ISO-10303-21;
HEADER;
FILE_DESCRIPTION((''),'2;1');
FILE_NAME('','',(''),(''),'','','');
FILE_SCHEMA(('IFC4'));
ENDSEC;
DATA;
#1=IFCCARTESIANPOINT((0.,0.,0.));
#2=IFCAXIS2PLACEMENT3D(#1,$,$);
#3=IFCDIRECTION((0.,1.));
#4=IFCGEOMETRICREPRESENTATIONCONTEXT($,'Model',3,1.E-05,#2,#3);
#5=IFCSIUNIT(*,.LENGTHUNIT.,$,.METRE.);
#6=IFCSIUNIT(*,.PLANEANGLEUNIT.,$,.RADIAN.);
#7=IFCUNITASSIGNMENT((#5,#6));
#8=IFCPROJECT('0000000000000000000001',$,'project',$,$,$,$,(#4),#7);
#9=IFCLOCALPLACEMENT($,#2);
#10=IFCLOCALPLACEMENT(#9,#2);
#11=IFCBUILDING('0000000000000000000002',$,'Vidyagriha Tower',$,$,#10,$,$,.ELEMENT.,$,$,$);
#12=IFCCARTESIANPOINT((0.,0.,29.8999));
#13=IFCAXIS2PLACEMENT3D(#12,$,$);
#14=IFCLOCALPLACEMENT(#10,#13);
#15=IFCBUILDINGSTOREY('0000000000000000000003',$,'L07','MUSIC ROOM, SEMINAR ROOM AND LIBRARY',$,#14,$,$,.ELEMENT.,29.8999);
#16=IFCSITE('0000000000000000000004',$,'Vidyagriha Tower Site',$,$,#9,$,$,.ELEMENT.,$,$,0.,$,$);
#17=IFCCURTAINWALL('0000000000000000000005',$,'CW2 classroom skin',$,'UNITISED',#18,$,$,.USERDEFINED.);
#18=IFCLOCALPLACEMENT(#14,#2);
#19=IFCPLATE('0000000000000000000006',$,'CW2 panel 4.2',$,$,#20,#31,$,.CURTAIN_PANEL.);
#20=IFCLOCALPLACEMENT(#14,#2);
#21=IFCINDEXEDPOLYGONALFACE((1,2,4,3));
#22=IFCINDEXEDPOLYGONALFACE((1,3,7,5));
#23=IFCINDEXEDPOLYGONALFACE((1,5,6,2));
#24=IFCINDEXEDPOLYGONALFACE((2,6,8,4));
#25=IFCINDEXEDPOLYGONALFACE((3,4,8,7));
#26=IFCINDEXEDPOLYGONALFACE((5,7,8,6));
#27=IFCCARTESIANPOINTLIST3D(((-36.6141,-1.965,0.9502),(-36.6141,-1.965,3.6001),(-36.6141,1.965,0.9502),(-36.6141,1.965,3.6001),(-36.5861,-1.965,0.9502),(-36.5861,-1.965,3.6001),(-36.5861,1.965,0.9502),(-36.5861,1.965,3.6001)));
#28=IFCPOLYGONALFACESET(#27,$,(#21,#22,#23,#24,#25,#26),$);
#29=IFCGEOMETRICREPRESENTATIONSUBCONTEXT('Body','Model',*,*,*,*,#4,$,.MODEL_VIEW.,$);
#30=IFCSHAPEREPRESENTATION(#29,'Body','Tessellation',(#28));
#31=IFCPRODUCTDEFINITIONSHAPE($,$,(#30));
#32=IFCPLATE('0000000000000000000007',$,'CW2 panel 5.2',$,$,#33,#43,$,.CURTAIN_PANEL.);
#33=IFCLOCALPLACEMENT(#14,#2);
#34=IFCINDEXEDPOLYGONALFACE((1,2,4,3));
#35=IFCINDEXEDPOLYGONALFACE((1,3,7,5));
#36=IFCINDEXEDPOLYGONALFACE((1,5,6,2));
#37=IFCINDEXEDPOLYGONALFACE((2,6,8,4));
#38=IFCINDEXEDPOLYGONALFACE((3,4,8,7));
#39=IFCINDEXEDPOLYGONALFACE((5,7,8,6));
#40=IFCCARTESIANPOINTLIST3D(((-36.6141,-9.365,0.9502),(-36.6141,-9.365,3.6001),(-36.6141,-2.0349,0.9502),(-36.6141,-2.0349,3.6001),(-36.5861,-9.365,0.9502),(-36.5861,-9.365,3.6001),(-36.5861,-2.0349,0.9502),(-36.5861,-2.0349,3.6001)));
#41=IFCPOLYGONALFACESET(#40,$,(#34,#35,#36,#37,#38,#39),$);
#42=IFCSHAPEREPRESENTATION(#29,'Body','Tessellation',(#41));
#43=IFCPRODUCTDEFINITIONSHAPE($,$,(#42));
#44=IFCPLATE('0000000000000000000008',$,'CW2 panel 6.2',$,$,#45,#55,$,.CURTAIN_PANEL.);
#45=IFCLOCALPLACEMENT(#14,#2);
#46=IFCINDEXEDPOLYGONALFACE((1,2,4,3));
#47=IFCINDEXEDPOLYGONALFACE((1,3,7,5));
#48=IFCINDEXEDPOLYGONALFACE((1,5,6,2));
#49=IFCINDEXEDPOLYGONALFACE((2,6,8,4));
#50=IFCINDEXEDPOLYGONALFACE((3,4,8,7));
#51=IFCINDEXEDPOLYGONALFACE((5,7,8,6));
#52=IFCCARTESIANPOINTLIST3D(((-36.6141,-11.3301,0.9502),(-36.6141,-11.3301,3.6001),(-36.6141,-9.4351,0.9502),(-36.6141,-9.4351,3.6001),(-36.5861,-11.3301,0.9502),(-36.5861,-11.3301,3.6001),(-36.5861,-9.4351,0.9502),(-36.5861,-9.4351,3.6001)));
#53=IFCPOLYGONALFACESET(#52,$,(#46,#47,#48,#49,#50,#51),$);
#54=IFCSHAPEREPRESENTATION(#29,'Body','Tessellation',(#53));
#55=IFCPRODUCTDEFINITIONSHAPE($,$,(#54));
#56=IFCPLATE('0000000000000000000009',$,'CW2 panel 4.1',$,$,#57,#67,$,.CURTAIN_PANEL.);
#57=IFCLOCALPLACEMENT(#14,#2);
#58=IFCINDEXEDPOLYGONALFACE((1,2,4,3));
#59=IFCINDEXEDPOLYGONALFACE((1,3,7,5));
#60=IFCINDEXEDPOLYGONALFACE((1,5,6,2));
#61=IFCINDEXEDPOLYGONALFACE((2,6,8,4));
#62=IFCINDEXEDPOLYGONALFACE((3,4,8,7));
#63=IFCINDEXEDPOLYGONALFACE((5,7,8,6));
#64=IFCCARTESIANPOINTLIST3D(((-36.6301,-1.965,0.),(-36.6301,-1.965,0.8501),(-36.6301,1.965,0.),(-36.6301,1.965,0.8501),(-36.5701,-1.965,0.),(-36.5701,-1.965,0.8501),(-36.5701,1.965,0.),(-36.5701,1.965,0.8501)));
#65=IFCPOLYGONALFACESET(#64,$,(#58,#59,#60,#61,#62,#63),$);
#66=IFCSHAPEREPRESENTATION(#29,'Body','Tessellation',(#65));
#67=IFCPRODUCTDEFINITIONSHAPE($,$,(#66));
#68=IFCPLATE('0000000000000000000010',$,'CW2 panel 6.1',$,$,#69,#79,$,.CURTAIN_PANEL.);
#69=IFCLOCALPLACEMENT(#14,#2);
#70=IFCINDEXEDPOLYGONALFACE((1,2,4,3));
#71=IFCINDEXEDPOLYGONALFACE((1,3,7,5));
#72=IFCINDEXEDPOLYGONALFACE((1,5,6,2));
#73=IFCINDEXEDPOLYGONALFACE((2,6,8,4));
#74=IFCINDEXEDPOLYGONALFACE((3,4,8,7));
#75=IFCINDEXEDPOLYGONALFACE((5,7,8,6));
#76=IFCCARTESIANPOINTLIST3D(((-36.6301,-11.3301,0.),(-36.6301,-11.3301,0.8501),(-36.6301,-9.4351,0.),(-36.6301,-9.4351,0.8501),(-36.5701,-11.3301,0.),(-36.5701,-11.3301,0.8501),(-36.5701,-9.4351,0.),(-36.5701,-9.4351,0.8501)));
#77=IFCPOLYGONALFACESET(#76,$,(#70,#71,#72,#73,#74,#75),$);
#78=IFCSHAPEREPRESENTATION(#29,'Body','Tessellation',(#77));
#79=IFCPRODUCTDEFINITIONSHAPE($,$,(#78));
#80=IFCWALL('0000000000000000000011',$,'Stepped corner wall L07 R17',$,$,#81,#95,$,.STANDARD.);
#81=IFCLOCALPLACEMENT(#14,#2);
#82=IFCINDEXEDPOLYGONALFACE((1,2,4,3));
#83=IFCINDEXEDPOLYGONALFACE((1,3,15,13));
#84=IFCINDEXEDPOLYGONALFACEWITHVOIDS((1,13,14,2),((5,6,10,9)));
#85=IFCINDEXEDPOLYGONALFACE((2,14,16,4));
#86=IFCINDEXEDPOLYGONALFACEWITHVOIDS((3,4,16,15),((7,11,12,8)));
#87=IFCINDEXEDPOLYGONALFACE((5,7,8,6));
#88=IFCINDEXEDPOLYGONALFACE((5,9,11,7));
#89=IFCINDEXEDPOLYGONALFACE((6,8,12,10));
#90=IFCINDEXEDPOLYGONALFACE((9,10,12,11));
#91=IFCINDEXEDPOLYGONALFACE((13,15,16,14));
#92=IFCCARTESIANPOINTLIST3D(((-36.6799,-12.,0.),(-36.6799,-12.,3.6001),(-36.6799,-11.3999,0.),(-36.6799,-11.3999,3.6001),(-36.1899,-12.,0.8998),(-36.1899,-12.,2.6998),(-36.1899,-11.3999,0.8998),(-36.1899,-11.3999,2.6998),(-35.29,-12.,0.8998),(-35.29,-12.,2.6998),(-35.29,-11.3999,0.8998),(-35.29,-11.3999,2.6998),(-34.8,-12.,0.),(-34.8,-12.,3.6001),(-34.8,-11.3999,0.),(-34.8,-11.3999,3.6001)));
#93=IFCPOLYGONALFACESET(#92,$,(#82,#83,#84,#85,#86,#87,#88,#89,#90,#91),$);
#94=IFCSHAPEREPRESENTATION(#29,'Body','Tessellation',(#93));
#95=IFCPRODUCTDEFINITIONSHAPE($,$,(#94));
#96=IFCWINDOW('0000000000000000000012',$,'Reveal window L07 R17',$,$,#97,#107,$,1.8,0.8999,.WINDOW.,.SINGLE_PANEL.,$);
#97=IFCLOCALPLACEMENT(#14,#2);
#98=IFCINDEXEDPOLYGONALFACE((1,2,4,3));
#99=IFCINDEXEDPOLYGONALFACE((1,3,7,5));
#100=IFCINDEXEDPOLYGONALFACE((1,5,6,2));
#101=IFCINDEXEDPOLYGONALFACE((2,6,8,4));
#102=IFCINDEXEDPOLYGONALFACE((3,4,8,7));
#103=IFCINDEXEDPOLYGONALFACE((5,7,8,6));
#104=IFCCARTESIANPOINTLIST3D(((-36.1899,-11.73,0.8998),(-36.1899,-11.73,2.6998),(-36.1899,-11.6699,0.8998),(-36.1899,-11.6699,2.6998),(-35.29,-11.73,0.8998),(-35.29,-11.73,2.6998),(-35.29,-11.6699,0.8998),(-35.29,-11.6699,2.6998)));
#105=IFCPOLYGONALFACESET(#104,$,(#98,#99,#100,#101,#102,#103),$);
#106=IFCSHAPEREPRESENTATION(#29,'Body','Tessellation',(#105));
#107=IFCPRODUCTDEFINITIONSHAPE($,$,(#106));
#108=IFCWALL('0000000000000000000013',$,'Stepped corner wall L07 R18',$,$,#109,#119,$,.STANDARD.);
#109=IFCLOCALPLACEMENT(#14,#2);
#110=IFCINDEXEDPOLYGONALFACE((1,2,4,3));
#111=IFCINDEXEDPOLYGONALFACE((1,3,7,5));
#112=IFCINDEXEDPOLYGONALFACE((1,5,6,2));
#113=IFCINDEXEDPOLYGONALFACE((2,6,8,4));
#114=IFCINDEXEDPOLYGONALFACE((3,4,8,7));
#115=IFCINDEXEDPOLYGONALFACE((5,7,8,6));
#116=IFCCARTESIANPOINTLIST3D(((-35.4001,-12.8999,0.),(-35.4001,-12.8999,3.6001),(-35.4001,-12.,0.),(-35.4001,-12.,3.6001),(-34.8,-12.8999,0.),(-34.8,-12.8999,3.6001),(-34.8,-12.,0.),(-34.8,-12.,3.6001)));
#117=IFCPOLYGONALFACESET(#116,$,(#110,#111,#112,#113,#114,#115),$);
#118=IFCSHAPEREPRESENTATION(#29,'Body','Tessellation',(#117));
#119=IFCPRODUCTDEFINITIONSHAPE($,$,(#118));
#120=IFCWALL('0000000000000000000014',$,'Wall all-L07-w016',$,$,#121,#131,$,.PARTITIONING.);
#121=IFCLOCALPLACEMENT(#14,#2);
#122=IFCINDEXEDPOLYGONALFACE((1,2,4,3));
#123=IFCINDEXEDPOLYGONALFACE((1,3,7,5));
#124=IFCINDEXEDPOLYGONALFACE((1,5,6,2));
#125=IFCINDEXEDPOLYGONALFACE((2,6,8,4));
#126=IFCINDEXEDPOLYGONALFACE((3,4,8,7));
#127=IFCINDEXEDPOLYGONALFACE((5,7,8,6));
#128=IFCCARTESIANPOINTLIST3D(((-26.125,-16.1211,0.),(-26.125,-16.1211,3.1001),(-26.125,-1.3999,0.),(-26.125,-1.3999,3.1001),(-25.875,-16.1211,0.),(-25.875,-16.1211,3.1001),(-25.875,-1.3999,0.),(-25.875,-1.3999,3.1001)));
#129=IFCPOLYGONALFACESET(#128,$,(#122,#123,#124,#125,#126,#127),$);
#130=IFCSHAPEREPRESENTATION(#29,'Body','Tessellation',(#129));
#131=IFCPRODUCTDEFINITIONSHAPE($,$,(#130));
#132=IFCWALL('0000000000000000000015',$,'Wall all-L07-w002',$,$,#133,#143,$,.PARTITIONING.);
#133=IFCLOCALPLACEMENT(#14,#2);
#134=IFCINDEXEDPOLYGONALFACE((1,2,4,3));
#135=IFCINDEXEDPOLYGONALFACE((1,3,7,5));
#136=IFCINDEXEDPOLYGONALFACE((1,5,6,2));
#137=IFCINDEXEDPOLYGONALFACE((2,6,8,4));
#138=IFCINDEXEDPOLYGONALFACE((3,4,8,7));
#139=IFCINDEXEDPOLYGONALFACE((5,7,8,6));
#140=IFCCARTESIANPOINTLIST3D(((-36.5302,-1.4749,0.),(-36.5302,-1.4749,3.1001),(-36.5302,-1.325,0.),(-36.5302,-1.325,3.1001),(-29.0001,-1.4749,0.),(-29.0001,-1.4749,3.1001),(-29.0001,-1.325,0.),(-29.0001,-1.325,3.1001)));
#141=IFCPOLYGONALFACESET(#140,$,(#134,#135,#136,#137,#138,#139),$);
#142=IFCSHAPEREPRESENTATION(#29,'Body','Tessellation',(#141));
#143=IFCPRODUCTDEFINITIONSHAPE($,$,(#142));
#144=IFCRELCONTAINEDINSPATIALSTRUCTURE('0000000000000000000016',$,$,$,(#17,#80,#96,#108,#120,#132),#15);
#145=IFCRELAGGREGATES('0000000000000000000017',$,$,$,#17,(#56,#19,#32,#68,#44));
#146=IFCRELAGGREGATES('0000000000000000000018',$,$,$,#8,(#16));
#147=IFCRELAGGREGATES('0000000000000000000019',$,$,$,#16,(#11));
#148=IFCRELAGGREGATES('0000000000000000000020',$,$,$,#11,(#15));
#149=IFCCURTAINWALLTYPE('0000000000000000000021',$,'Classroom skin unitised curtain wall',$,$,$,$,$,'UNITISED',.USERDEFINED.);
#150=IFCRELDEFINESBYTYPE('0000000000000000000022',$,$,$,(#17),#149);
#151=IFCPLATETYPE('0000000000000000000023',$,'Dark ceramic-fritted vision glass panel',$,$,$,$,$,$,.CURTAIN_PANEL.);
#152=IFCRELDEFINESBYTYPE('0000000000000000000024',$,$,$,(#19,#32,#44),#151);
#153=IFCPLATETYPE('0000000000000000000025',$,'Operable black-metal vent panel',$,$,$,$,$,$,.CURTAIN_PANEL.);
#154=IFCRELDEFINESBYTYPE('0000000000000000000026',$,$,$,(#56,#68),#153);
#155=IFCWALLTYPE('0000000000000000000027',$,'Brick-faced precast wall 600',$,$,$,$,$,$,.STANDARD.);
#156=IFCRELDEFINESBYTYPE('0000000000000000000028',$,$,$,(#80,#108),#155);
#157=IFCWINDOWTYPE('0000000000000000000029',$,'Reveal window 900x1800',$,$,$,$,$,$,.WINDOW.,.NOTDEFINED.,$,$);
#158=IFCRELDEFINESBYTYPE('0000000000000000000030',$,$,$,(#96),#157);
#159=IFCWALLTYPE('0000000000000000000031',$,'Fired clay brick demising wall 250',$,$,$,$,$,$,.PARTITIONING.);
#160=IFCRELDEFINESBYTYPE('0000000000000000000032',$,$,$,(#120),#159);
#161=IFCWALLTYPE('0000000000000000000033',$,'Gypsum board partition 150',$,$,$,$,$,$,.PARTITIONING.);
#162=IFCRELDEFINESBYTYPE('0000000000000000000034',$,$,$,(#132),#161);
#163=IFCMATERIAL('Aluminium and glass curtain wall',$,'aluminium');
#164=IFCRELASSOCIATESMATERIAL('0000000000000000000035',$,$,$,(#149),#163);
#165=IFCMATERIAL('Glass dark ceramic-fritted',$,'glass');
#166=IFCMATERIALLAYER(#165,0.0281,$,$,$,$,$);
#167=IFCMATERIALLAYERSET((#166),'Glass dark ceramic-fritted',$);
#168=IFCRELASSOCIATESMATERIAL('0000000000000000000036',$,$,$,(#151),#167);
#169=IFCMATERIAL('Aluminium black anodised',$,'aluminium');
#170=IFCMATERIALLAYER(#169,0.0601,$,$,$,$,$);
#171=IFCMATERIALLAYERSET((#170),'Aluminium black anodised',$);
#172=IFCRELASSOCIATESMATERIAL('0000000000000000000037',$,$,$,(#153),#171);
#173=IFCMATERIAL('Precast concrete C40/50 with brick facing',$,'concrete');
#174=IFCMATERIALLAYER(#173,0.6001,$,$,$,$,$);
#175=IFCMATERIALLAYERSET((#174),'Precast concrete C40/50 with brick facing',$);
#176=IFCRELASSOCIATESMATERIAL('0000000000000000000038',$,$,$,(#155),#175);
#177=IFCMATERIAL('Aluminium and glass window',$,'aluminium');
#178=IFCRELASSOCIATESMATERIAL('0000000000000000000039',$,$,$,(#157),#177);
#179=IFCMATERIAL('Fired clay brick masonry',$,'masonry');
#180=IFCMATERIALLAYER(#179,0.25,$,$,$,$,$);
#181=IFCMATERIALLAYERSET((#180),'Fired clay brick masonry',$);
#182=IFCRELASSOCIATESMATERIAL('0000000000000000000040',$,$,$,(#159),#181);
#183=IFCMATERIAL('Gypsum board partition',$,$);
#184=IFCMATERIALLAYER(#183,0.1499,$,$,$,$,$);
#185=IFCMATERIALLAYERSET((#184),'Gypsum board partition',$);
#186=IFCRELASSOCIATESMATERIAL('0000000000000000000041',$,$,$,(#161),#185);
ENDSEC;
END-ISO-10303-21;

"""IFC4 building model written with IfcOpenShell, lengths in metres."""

from ifc_helpers import new_model, si_unit, direction, frame, frame_2d, origin, origin_2d, place, context, subcontext, project, spatial, rectangle, extrude, material, layer, layer_set, type_object, element, fill, aggregate, save


model = new_model("IFC4")

# Units and contexts
model_context = context("Model", 3, precision=1e-05, world=origin(), true_north=direction((0.0, 1.0)))
body_context = subcontext(model_context, "Body", "Model", "MODEL_VIEW")
ifc_project = project(units=[si_unit("LENGTHUNIT", "METRE"), si_unit("PLANEANGLEUNIT", "RADIAN")], contexts=[model_context])

# Site, building, storey
site_placement = place(None, origin())
site = spatial("IfcSite", under=ifc_project, at=site_placement, Name="Vidyagriha Tower Site", CompositionType="ELEMENT", RefElevation=0.0)
building_placement = place(site_placement, origin())
building = spatial("IfcBuilding", under=site, at=building_placement, Name="Vidyagriha Tower", CompositionType="ELEMENT")
storey_placement = place(building_placement, frame((0.0, 0.0, 29.8999)))
storey = spatial("IfcBuildingStorey", under=building, at=storey_placement, Name="L07", Description="MUSIC ROOM, SEMINAR ROOM AND LIBRARY", CompositionType="ELEMENT", Elevation=29.8999)

# Curtain wall, plates
ifc_material_1 = material(Name="Aluminium and glass curtain wall", Category="aluminium")
curtain_wall_type = type_object("IfcCurtainWallType", Name="Classroom skin unitised curtain wall", ElementType="UNITISED", PredefinedType="USERDEFINED", material=ifc_material_1)
curtain_wall_placement = place(storey_placement, origin())
curtain_wall = element("IfcCurtainWall", 1, at=curtain_wall_placement, inside=storey, type_object=curtain_wall_type, Name="CW2 classroom skin", ObjectType="UNITISED", PredefinedType="USERDEFINED")
ifc_material_2 = material(Name="Glass dark ceramic-fritted", Category="glass")
ifc_layer_1 = layer(ifc_material_2, 0.0281)
ifc_layer_set_1 = layer_set([ifc_layer_1], Name="Glass dark ceramic-fritted")
plate_type_1 = type_object("IfcPlateType", Name="Dark ceramic-fritted vision glass panel", PredefinedType="CURTAIN_PANEL", material=ifc_layer_set_1)
plate_1_placement = place(storey_placement, frame((-36.6001, 0.0, 0.9502), z_axis=(0.0, 0.0, 1.0), x_axis=(0.0, -1.0, 0.0)))
plate_1 = element("IfcPlate", 2, at=plate_1_placement, type_object=plate_type_1, Name="CW2 panel 4.2", PredefinedType="CURTAIN_PANEL", context=body_context, shape_type="SweptSolid", body=[
    extrude(rectangle(XDim=3.9299, YDim=0.0281, at=origin_2d()), origin(), (0.0, 0.0, 1.0), 2.6499),
])
plate_2_placement = place(storey_placement, frame((-36.6001, -5.7, 0.9502), z_axis=(0.0, 0.0, 1.0), x_axis=(0.0, -1.0, 0.0)))
plate_2 = element("IfcPlate", 3, at=plate_2_placement, type_object=plate_type_1, Name="CW2 panel 5.2", PredefinedType="CURTAIN_PANEL", context=body_context, shape_type="SweptSolid", body=[
    extrude(rectangle(XDim=7.3301, YDim=0.0281, at=origin_2d()), origin(), (0.0, 0.0, 1.0), 2.6499),
])
plate_3_placement = place(storey_placement, frame((-36.6001, -10.3826, 0.9502), z_axis=(0.0, 0.0, 1.0), x_axis=(0.0, -1.0, 0.0)))
plate_3 = element("IfcPlate", 4, at=plate_3_placement, type_object=plate_type_1, Name="CW2 panel 6.2", PredefinedType="CURTAIN_PANEL", context=body_context, shape_type="SweptSolid", body=[
    extrude(rectangle(XDim=1.895, YDim=0.0281, at=origin_2d()), origin(), (0.0, 0.0, 1.0), 2.6499),
])
ifc_material_3 = material(Name="Aluminium black anodised", Category="aluminium")
ifc_layer_2 = layer(ifc_material_3, 0.0601)
ifc_layer_set_2 = layer_set([ifc_layer_2], Name="Aluminium black anodised")
plate_type_2 = type_object("IfcPlateType", Name="Operable black-metal vent panel", PredefinedType="CURTAIN_PANEL", material=ifc_layer_set_2)
plate_4_placement = place(storey_placement, frame((-36.6001, 0.0, 0.0), z_axis=(0.0, 0.0, 1.0), x_axis=(0.0, -1.0, 0.0)))
plate_4 = element("IfcPlate", 5, at=plate_4_placement, type_object=plate_type_2, Name="CW2 panel 4.1", PredefinedType="CURTAIN_PANEL", context=body_context, shape_type="SweptSolid", body=[
    extrude(rectangle(XDim=3.9299, YDim=0.0601, at=origin_2d()), origin(), (0.0, 0.0, 1.0), 0.8501),
])
plate_5_placement = place(storey_placement, frame((-36.6001, -10.3826, 0.0), z_axis=(0.0, 0.0, 1.0), x_axis=(0.0, -1.0, 0.0)))
plate_5 = element("IfcPlate", 6, at=plate_5_placement, type_object=plate_type_2, Name="CW2 panel 6.1", PredefinedType="CURTAIN_PANEL", context=body_context, shape_type="SweptSolid", body=[
    extrude(rectangle(XDim=1.895, YDim=0.0601, at=origin_2d()), origin(), (0.0, 0.0, 1.0), 0.8501),
])
aggregate(curtain_wall, [plate_4, plate_1, plate_2, plate_5, plate_3])

# Wall, opening, window
ifc_material_4 = material(Name="Precast concrete C40/50 with brick facing", Category="concrete")
ifc_layer_3 = layer(ifc_material_4, 0.6001)
ifc_layer_set_3 = layer_set([ifc_layer_3], Name="Precast concrete C40/50 with brick facing")
wall_type_1 = type_object("IfcWallType", Name="Brick-faced precast wall 600", PredefinedType="STANDARD", material=ifc_layer_set_3)
wall_1_placement = place(storey_placement, frame((-36.6799, -11.7, 0.0)))
wall_1 = element("IfcWall", 7, at=wall_1_placement, inside=storey, type_object=wall_type_1, Name="Stepped corner wall L07 R17", PredefinedType="STANDARD", context=body_context, shape_type="SweptSolid", body=[
    extrude(rectangle(XDim=1.8799, YDim=0.6001, at=frame_2d((0.9399, 0.0))), origin(), (0.0, 0.0, 1.0), 3.6001),
])
opening_placement = place(wall_1_placement, frame((0.49, 0.0, 0.8999)))
opening = element("IfcOpeningElement", 8, at=opening_placement, cuts=wall_1, PredefinedType="OPENING", context=body_context, shape_type="SweptSolid", body=[
    extrude(rectangle(XDim=0.8999, YDim=1.8, at=frame_2d((0.45, 0.8999))), frame((0.0, 0.3101, 0.0), z_axis=(0.0, -1.0, 0.0), x_axis=(1.0, 0.0, 0.0)), (0.0, 0.0, 1.0), 0.6201),
])
ifc_material_5 = material(Name="Aluminium and glass window", Category="aluminium")
window_type = type_object("IfcWindowType", Name="Reveal window 900x1800", PartitioningType="NOTDEFINED", PredefinedType="WINDOW", material=ifc_material_5)
window_placement = place(opening_placement, origin())
window = element("IfcWindow", 9, at=window_placement, inside=storey, type_object=window_type, Name="Reveal window L07 R17", OverallHeight=1.8, OverallWidth=0.8999, PartitioningType="SINGLE_PANEL", PredefinedType="WINDOW", context=body_context, shape_type="SweptSolid", body=[
    extrude(rectangle(XDim=0.8999, YDim=1.8, at=frame_2d((0.45, 0.8999))), frame((0.0, 0.03, 0.0), z_axis=(0.0, -1.0, 0.0), x_axis=(1.0, 0.0, 0.0)), (0.0, 0.0, 1.0), 0.0601),
])
fill(opening, window)

# Walls
wall_2_placement = place(storey_placement, frame((-35.1001, -12.0, 0.0), z_axis=(0.0, 0.0, 1.0), x_axis=(0.0, -1.0, 0.0)))
element("IfcWall", 10, at=wall_2_placement, inside=storey, type_object=wall_type_1, Name="Stepped corner wall L07 R18", PredefinedType="STANDARD", context=body_context, shape_type="SweptSolid", body=[
    extrude(rectangle(XDim=0.8999, YDim=0.6001, at=frame_2d((0.45, 0.0))), origin(), (0.0, 0.0, 1.0), 3.6001),
])
ifc_material_6 = material(Name="Fired clay brick masonry", Category="masonry")
ifc_layer_4 = layer(ifc_material_6, 0.25)
ifc_layer_set_4 = layer_set([ifc_layer_4], Name="Fired clay brick masonry")
wall_type_2 = type_object("IfcWallType", Name="Fired clay brick demising wall 250", PredefinedType="PARTITIONING", material=ifc_layer_set_4)
wall_3_placement = place(storey_placement, frame((-26.0, -1.3999, 0.0), z_axis=(0.0, 0.0, 1.0), x_axis=(0.0, -1.0, 0.0)))
element("IfcWall", 11, at=wall_3_placement, inside=storey, type_object=wall_type_2, Name="Wall all-L07-w016", PredefinedType="PARTITIONING", context=body_context, shape_type="SweptSolid", body=[
    extrude(rectangle(XDim=14.7212, YDim=0.25, at=frame_2d((7.3606, 0.0))), origin(), (0.0, 0.0, 1.0), 3.1001),
])
ifc_material_7 = material(Name="Gypsum board partition")
ifc_layer_5 = layer(ifc_material_7, 0.1499)
ifc_layer_set_5 = layer_set([ifc_layer_5], Name="Gypsum board partition")
wall_type_3 = type_object("IfcWallType", Name="Gypsum board partition 150", PredefinedType="PARTITIONING", material=ifc_layer_set_5)
wall_4_placement = place(storey_placement, frame((-29.0, -1.3999, 0.0), z_axis=(0.0, 0.0, 1.0), x_axis=(-1.0, 0.0, 0.0)))
element("IfcWall", 12, at=wall_4_placement, inside=storey, type_object=wall_type_3, Name="Wall all-L07-w002", PredefinedType="PARTITIONING", context=body_context, shape_type="SweptSolid", body=[
    extrude(rectangle(XDim=7.53, YDim=0.1499, at=frame_2d((3.7651, 0.0))), origin(), (0.0, 0.0, 1.0), 3.1001),
])

save(model, "model.ifc")
